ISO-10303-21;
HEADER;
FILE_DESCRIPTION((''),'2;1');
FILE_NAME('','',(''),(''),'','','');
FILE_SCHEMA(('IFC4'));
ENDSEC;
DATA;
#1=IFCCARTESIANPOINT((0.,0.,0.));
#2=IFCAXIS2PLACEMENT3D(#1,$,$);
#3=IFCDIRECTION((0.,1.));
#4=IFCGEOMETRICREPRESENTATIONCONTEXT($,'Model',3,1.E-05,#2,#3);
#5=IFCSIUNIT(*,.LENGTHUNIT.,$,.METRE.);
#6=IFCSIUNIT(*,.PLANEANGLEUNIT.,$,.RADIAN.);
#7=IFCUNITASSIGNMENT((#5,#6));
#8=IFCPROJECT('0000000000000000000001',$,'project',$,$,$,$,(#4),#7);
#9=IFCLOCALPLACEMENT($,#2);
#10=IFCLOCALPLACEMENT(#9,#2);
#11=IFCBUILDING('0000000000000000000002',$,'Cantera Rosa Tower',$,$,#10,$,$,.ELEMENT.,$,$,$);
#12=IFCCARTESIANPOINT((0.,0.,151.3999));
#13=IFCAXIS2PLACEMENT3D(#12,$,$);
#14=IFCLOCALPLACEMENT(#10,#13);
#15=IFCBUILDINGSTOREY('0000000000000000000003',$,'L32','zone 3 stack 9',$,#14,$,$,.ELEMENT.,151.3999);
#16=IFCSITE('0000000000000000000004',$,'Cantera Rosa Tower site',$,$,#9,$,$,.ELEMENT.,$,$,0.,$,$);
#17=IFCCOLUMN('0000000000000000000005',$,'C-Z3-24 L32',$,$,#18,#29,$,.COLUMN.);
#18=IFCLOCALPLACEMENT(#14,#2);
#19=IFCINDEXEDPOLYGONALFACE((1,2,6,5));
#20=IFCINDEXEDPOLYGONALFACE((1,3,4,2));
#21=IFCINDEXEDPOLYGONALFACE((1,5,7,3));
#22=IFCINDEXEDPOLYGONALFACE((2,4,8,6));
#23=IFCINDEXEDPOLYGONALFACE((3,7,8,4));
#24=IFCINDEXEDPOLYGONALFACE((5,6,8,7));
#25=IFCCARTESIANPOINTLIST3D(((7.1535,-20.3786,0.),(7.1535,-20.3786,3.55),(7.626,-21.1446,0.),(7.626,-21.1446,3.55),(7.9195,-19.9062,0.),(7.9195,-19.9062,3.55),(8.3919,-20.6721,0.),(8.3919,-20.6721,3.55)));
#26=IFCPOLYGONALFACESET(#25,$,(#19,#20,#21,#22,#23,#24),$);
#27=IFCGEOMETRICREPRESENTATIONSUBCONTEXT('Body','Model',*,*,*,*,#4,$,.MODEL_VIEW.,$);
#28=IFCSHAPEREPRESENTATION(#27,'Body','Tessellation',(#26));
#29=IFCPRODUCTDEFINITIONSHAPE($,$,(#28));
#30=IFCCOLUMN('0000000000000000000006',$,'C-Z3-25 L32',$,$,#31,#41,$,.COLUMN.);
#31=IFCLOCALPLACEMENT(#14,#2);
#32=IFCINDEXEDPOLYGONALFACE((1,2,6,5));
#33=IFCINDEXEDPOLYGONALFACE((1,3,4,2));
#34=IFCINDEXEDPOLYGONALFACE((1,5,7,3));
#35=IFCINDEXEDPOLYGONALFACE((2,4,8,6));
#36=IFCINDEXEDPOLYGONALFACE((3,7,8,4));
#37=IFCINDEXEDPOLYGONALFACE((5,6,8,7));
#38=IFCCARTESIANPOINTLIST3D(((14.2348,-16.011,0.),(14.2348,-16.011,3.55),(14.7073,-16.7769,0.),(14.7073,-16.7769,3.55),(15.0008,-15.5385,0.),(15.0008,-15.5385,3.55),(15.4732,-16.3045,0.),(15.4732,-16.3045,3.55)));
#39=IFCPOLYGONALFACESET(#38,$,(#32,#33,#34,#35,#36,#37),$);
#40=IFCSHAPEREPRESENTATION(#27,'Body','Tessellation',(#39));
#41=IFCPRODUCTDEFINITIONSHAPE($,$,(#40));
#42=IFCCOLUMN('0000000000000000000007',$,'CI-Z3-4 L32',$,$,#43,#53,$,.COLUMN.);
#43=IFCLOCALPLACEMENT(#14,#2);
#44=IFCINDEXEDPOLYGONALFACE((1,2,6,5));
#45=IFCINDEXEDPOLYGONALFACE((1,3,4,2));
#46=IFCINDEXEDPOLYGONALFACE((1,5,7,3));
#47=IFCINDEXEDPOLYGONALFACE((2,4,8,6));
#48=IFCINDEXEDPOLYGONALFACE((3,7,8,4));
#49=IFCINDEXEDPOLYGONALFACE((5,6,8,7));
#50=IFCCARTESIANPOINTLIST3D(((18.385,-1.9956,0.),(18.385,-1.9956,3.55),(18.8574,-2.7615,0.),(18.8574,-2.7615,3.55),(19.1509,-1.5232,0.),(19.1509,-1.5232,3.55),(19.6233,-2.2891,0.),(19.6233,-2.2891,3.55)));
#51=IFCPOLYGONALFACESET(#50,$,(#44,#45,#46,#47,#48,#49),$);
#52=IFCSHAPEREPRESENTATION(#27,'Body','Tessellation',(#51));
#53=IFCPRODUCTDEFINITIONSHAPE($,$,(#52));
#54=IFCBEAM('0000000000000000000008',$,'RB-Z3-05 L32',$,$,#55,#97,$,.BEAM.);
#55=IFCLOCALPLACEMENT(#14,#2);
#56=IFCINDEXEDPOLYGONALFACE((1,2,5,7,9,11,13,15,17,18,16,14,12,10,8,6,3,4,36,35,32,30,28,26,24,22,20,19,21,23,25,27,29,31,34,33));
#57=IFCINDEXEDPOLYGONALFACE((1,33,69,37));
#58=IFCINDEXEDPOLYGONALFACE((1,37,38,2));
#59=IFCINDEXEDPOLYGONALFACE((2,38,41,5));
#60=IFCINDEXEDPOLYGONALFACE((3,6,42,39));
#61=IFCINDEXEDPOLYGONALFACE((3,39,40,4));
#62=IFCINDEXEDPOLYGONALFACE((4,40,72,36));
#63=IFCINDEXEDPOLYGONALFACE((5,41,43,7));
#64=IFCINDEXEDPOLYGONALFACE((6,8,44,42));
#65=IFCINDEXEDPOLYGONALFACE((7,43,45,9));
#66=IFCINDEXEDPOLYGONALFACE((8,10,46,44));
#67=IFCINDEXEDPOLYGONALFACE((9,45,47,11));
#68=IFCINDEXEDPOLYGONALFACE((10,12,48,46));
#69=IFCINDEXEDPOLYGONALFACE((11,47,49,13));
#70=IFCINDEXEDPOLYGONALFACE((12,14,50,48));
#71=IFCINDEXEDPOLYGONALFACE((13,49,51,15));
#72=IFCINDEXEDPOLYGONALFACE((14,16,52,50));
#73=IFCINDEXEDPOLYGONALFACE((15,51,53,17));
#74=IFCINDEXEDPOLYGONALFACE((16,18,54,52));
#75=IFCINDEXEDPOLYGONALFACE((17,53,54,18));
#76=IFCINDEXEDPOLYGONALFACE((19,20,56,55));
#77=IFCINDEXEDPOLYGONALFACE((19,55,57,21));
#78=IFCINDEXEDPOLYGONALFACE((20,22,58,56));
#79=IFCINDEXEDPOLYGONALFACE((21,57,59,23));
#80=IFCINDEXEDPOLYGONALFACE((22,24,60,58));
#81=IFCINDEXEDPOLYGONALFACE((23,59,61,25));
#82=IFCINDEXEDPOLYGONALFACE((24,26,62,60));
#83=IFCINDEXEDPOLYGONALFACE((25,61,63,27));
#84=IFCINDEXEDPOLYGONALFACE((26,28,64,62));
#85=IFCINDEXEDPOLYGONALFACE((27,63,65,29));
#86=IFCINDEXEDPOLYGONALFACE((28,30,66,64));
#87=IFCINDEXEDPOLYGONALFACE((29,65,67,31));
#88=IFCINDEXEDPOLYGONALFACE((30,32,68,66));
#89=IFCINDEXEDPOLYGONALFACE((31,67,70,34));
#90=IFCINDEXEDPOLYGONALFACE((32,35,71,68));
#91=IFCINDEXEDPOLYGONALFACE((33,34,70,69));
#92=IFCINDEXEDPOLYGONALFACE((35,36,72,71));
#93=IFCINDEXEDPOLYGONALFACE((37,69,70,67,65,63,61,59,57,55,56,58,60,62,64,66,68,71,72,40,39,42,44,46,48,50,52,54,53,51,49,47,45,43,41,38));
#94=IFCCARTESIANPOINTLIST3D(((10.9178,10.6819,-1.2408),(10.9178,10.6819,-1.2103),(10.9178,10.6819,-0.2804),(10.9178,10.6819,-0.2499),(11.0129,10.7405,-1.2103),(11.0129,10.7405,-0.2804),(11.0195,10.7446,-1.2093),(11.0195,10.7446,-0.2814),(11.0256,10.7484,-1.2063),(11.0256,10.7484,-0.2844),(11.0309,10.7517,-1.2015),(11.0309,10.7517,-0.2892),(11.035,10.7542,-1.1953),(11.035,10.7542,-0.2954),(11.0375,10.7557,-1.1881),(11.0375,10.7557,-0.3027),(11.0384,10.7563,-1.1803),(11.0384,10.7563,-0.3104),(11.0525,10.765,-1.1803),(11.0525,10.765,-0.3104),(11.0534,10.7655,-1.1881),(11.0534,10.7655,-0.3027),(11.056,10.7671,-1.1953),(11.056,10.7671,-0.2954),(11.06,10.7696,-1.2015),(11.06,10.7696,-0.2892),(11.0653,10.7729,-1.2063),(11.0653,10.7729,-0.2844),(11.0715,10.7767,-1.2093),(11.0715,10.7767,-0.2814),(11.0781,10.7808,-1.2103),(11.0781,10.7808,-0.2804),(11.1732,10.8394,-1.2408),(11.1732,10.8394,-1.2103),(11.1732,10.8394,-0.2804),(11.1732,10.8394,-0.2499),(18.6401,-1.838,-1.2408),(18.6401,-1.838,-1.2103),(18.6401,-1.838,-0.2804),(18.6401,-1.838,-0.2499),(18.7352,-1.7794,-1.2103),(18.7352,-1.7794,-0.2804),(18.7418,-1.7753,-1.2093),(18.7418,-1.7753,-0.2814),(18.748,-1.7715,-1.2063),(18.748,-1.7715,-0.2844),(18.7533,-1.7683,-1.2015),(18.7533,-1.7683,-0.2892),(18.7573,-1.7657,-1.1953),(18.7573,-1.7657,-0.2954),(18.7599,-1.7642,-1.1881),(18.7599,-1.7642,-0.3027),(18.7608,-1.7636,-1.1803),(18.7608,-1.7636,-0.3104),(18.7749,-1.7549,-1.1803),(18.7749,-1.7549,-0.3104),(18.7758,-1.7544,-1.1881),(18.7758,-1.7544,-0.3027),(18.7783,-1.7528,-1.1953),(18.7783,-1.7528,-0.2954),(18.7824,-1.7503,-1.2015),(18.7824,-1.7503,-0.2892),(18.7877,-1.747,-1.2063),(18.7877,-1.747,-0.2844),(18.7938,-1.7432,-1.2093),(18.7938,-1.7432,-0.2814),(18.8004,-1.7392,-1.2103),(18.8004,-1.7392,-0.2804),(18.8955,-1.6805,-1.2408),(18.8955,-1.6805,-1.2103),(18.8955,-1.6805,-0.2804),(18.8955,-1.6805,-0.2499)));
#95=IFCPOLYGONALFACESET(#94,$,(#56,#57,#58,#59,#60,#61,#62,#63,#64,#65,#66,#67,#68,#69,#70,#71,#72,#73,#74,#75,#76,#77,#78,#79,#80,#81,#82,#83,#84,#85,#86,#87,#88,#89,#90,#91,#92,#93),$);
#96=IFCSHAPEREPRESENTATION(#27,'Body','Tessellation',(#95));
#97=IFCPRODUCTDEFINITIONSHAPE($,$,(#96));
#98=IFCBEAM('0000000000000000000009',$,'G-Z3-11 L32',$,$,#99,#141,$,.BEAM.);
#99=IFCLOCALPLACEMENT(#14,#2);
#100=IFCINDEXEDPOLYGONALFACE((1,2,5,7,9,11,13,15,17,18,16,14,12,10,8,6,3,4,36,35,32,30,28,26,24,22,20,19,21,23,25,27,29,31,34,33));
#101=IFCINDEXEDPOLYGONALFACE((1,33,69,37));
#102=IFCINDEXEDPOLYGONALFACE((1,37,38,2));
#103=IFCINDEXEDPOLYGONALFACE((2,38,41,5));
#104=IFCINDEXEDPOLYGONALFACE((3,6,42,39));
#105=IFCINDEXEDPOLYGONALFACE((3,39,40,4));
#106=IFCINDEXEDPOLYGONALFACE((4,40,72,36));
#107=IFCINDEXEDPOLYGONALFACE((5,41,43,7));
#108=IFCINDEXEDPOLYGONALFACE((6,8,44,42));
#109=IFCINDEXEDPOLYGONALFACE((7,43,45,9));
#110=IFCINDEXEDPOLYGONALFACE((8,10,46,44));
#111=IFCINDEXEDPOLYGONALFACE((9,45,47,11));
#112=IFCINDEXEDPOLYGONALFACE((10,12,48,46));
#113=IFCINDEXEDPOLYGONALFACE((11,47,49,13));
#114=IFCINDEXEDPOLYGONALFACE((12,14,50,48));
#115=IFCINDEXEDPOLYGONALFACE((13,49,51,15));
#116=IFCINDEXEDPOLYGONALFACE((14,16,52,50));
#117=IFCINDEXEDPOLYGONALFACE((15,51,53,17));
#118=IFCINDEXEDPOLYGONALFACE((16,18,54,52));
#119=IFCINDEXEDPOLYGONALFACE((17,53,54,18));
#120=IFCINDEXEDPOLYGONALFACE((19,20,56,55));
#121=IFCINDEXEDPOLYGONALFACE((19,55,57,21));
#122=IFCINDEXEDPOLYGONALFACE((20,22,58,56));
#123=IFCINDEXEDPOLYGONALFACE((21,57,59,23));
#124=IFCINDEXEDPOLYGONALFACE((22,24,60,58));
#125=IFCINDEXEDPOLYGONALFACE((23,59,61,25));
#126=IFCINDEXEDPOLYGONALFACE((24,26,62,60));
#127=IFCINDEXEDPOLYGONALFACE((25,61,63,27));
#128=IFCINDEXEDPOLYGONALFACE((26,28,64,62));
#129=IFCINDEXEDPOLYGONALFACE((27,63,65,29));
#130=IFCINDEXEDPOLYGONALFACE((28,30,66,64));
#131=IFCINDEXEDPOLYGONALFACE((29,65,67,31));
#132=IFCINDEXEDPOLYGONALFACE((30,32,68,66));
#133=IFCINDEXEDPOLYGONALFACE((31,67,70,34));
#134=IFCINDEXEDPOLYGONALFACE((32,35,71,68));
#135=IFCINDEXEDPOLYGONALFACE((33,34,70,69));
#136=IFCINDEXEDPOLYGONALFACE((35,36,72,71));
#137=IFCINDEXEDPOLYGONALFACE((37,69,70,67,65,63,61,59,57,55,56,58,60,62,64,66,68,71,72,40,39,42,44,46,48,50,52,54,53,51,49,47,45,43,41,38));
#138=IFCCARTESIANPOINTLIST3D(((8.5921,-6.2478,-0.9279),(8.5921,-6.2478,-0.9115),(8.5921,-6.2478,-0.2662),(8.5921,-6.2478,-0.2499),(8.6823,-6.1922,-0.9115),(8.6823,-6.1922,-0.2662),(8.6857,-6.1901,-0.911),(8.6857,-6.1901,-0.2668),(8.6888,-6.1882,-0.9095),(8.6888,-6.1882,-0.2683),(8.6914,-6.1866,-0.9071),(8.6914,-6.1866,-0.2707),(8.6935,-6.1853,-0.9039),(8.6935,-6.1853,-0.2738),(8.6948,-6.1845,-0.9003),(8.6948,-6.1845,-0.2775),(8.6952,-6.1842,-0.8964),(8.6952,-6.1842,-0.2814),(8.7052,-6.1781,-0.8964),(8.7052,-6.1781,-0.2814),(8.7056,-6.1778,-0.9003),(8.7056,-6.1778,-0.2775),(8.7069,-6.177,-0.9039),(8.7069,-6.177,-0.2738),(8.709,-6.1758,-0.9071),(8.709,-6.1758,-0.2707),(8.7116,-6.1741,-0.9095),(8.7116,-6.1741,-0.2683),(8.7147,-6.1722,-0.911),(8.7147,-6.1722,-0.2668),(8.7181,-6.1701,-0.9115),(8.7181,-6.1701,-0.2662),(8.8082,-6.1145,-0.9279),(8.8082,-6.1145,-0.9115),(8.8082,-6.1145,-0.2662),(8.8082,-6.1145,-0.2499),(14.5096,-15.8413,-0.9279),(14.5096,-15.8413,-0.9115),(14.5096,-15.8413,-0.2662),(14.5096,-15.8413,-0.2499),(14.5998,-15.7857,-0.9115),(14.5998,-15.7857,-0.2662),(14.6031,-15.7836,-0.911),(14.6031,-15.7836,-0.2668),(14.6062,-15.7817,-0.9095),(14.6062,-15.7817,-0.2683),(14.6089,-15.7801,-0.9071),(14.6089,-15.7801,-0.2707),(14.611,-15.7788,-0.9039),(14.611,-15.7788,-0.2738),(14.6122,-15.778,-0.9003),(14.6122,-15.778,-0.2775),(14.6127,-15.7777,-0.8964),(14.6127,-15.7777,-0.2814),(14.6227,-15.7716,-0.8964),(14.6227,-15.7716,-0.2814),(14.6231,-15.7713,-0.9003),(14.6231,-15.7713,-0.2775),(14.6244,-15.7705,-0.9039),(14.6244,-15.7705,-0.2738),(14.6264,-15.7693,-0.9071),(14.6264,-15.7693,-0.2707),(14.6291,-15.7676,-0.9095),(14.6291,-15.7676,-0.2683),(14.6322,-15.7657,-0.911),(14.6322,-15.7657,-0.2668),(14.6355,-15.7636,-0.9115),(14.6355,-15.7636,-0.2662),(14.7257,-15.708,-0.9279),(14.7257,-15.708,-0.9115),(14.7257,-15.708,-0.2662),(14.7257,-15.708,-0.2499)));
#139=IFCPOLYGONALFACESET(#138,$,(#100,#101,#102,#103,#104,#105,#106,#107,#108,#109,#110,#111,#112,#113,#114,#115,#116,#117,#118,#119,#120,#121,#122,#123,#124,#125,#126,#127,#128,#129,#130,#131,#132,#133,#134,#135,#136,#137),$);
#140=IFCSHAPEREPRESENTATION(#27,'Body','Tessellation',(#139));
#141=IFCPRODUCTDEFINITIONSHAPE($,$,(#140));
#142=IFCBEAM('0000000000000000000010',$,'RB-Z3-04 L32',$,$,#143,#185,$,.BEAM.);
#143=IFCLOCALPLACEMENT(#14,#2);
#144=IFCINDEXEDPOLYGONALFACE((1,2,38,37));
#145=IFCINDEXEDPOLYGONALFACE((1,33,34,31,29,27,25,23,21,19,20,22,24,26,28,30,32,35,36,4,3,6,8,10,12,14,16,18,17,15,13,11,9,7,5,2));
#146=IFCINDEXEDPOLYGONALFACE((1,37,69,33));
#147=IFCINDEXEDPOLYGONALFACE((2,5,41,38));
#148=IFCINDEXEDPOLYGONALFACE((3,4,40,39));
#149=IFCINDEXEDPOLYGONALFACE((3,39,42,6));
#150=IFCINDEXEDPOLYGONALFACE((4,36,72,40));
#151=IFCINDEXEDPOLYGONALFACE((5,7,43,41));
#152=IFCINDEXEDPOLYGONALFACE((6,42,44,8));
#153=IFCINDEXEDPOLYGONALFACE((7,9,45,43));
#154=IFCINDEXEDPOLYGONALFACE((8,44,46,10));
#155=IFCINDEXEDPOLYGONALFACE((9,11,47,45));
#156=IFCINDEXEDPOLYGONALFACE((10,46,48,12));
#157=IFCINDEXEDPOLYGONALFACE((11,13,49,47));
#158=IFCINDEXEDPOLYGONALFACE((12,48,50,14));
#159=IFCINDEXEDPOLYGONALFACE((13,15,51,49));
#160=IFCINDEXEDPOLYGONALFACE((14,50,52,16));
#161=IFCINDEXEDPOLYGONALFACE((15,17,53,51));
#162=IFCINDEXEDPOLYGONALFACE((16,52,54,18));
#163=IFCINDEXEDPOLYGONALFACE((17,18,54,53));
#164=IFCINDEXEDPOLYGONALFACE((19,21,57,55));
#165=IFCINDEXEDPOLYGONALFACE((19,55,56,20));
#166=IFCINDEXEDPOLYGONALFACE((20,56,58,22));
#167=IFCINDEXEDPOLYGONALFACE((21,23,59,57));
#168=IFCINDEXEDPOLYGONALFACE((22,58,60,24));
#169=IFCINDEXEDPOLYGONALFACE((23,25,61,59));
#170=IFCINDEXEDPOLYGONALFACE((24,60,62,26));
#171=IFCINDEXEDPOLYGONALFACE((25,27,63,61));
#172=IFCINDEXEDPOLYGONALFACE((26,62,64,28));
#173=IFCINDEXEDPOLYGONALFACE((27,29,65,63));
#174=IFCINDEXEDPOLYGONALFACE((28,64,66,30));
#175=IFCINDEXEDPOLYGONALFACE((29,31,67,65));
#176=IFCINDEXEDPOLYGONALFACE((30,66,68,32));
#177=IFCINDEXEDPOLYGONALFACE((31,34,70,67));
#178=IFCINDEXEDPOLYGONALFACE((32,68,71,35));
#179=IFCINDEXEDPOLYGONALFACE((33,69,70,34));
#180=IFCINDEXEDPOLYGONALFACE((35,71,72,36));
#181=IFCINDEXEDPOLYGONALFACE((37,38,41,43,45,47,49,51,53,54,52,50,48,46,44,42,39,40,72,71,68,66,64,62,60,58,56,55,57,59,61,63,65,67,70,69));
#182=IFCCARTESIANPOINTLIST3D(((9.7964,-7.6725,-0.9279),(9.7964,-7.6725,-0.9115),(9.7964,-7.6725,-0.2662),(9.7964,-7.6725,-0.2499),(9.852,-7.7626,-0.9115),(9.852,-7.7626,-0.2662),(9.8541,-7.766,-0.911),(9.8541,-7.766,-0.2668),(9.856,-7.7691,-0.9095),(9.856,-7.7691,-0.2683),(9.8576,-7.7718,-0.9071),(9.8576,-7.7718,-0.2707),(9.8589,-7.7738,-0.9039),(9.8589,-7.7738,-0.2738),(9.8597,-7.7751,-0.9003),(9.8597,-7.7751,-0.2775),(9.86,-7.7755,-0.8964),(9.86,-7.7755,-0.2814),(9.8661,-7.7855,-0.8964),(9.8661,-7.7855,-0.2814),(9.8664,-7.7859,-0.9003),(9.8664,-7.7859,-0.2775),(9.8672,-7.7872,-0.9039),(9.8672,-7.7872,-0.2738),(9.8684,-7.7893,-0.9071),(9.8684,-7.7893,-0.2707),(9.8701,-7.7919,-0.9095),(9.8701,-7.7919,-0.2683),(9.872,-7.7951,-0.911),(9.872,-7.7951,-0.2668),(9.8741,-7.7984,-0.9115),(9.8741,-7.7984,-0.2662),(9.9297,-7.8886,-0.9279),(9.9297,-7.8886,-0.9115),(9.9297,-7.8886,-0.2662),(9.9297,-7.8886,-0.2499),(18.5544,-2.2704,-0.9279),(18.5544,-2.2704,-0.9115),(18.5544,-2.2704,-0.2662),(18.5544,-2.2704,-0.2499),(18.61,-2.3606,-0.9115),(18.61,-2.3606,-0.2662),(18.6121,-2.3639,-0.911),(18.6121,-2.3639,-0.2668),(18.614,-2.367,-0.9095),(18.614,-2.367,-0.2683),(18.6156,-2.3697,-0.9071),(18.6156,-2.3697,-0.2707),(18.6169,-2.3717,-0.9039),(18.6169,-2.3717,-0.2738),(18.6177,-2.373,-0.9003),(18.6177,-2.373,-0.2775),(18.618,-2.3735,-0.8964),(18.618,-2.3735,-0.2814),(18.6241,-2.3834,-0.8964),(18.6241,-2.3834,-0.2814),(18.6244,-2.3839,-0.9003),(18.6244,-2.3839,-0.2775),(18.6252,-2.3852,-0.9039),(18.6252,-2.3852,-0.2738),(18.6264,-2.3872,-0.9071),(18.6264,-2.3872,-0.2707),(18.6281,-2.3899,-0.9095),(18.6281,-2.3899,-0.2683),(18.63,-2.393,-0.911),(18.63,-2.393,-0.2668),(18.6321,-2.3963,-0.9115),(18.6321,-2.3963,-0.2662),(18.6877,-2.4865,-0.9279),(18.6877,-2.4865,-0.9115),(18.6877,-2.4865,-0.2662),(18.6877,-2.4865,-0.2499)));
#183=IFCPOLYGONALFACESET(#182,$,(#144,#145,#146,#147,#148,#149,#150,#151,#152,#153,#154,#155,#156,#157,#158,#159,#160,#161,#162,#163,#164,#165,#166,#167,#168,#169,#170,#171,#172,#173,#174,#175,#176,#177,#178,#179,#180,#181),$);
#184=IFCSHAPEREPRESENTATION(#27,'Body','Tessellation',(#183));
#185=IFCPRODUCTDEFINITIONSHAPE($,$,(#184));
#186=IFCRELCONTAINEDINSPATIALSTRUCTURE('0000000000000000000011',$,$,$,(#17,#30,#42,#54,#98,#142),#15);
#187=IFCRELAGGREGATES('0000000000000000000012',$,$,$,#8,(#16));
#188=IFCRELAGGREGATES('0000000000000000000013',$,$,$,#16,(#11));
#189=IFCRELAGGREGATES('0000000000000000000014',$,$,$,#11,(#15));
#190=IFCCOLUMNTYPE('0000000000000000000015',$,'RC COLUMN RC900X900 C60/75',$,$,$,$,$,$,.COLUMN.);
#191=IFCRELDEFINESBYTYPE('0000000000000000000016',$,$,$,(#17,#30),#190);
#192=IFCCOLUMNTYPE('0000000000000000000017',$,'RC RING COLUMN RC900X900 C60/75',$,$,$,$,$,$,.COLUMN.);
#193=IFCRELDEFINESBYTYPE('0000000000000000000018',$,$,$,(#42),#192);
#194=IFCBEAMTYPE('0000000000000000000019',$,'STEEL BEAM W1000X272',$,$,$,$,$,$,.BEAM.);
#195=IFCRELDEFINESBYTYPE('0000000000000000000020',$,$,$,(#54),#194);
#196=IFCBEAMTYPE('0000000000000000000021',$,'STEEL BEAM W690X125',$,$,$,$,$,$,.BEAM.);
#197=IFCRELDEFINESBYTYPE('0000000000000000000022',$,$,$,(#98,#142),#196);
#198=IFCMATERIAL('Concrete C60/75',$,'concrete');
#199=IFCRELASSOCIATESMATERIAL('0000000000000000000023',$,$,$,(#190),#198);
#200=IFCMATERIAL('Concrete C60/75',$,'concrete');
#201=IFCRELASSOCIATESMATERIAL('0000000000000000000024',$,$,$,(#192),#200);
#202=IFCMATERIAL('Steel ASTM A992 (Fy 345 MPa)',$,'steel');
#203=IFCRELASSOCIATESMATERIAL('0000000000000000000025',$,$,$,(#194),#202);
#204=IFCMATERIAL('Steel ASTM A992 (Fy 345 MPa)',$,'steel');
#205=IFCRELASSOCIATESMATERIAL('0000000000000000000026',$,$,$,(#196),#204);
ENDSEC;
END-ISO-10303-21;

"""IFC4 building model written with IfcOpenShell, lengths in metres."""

from ifc_helpers import new_model, si_unit, direction, frame, origin, origin_2d, place, context, subcontext, project, spatial, rectangle, i_section, extrude, material, material_profile, profile_set, type_object, element, save


model = new_model("IFC4")

# Units and contexts
model_context = context("Model", 3, precision=1e-05, world=origin(), true_north=direction((0.0, 1.0)))
body_context = subcontext(model_context, "Body", "Model", "MODEL_VIEW")
ifc_project = project(units=[si_unit("LENGTHUNIT", "METRE"), si_unit("PLANEANGLEUNIT", "RADIAN")], contexts=[model_context])

# Site, building, storey
site_placement = place(None, origin())
site = spatial("IfcSite", under=ifc_project, at=site_placement, Name="Cantera Rosa Tower site", CompositionType="ELEMENT", RefElevation=0.0)
building_placement = place(site_placement, origin())
building = spatial("IfcBuilding", under=site, at=building_placement, Name="Cantera Rosa Tower", CompositionType="ELEMENT")
storey_placement = place(building_placement, frame((0.0, 0.0, 151.3999)))
storey = spatial("IfcBuildingStorey", under=building, at=storey_placement, Name="L32", Description="zone 3 stack 9", CompositionType="ELEMENT", Elevation=151.3999)

# Columns
ifc_material_1 = material(Name="Concrete C60/75", Category="concrete")
ifc_material_profile_1 = material_profile(ifc_material_1, rectangle(XDim=0.8999, YDim=0.8999, at=origin_2d()), Name="RC COLUMN RC900X900 C60/75")
ifc_profile_set_1 = profile_set([ifc_material_profile_1], Name="Concrete C60/75")
column_type_1 = type_object("IfcColumnType", Name="RC COLUMN RC900X900 C60/75", PredefinedType="COLUMN", material=ifc_profile_set_1)
for number, where, z_axis, x_axis, name in (
    (1, (7.7727, -20.5254, 0.0), (0.0, 0.0, 1.0), (0.851117, 0.524977, 0.0), "C-Z3-24 L32"),
    (2, (14.854, -16.1577, 0.0), (0.0, 0.0, 1.0), (0.851117, 0.524977, 0.0), "C-Z3-25 L32"),
):
    element("IfcColumn", number, at=place(storey_placement, frame(where, z_axis=z_axis, x_axis=x_axis)), inside=storey, type_object=column_type_1, Name=name, PredefinedType="COLUMN", context=body_context, shape_type="SweptSolid", body=[
        extrude(rectangle(XDim=0.8999, YDim=0.8999, at=origin_2d()), origin(), (0.0, 0.0, 1.0), 3.55),
    ])
ifc_material_2 = material(Name="Concrete C60/75", Category="concrete")
ifc_material_profile_2 = material_profile(ifc_material_2, rectangle(XDim=0.8999, YDim=0.8999, at=origin_2d()), Name="RC RING COLUMN RC900X900 C60/75")
ifc_profile_set_2 = profile_set([ifc_material_profile_2], Name="Concrete C60/75")
column_type_2 = type_object("IfcColumnType", Name="RC RING COLUMN RC900X900 C60/75", PredefinedType="COLUMN", material=ifc_profile_set_2)
column_placement = place(storey_placement, frame((19.0042, -2.1423, 0.0), z_axis=(0.0, 0.0, 1.0), x_axis=(0.851117, 0.524977, 0.0)))
element("IfcColumn", 3, at=column_placement, inside=storey, type_object=column_type_2, Name="CI-Z3-4 L32", PredefinedType="COLUMN", context=body_context, shape_type="SweptSolid", body=[
    extrude(rectangle(XDim=0.8999, YDim=0.8999, at=origin_2d()), origin(), (0.0, 0.0, 1.0), 3.55),
])

# Beams
ifc_material_3 = material(Name="Steel ASTM A992 (Fy 345 MPa)", Category="steel")
ifc_material_profile_3 = material_profile(ifc_material_3, i_section(OverallWidth=0.3, OverallDepth=0.991, WebThickness=0.0166, FlangeThickness=0.0305, FilletRadius=0.03, at=origin_2d()), Name="W1000X272")
ifc_profile_set_3 = profile_set([ifc_material_profile_3], Name="Steel ASTM A992 (Fy 345 MPa)")
beam_type_1 = type_object("IfcBeamType", Name="STEEL BEAM W1000X272", PredefinedType="BEAM", material=ifc_profile_set_3)
beam_1_placement = place(storey_placement, frame((18.7678, -1.7593, -0.7454), z_axis=(-0.524974, 0.851118, 0.0), x_axis=(-0.851118, -0.524974, 0.0)))
element("IfcBeam", 4, at=beam_1_placement, inside=storey, type_object=beam_type_1, Name="RB-Z3-05 L32", PredefinedType="BEAM", context=body_context, shape_type="SweptSolid", body=[
    extrude(i_section(OverallWidth=0.3, OverallDepth=0.991, WebThickness=0.0166, FlangeThickness=0.0305, FilletRadius=0.03, at=origin_2d()), origin(), (0.0, 0.0, 1.0), 14.71),
])
ifc_material_4 = material(Name="Steel ASTM A992 (Fy 345 MPa)", Category="steel")
ifc_material_profile_4 = material_profile(ifc_material_4, i_section(OverallWidth=0.2539, OverallDepth=0.678, WebThickness=0.0117, FlangeThickness=0.0164, FilletRadius=0.0151, at=origin_2d()), Name="W690X125")
ifc_profile_set_4 = profile_set([ifc_material_profile_4], Name="Steel ASTM A992 (Fy 345 MPa)")
beam_type_2 = type_object("IfcBeamType", Name="STEEL BEAM W690X125", PredefinedType="BEAM", material=ifc_profile_set_4)
beam_2_placement = place(storey_placement, frame((14.6177, -15.7747, -0.5889), z_axis=(-0.524984, 0.851112, 0.0), x_axis=(-0.851112, -0.524984, 0.0)))
element("IfcBeam", 5, at=beam_2_placement, inside=storey, type_object=beam_type_2, Name="G-Z3-11 L32", PredefinedType="BEAM", context=body_context, shape_type="SweptSolid", body=[
    extrude(i_section(OverallWidth=0.2539, OverallDepth=0.678, WebThickness=0.0117, FlangeThickness=0.0164, FilletRadius=0.0151, at=origin_2d()), origin(), (0.0, 0.0, 1.0), 11.2717),
])
beam_3_placement = place(storey_placement, frame((9.863, -7.7805, -0.5889), z_axis=(0.851115, 0.52498, 0.0), x_axis=(-0.52498, 0.851115, 0.0)))
element("IfcBeam", 6, at=beam_3_placement, inside=storey, type_object=beam_type_2, Name="RB-Z3-04 L32", PredefinedType="BEAM", context=body_context, shape_type="SweptSolid", body=[
    extrude(i_section(OverallWidth=0.2539, OverallDepth=0.678, WebThickness=0.0117, FlangeThickness=0.0164, FilletRadius=0.0151, at=origin_2d()), origin(), (0.0, 0.0, 1.0), 10.29),
])

save(model, "model.ifc")
